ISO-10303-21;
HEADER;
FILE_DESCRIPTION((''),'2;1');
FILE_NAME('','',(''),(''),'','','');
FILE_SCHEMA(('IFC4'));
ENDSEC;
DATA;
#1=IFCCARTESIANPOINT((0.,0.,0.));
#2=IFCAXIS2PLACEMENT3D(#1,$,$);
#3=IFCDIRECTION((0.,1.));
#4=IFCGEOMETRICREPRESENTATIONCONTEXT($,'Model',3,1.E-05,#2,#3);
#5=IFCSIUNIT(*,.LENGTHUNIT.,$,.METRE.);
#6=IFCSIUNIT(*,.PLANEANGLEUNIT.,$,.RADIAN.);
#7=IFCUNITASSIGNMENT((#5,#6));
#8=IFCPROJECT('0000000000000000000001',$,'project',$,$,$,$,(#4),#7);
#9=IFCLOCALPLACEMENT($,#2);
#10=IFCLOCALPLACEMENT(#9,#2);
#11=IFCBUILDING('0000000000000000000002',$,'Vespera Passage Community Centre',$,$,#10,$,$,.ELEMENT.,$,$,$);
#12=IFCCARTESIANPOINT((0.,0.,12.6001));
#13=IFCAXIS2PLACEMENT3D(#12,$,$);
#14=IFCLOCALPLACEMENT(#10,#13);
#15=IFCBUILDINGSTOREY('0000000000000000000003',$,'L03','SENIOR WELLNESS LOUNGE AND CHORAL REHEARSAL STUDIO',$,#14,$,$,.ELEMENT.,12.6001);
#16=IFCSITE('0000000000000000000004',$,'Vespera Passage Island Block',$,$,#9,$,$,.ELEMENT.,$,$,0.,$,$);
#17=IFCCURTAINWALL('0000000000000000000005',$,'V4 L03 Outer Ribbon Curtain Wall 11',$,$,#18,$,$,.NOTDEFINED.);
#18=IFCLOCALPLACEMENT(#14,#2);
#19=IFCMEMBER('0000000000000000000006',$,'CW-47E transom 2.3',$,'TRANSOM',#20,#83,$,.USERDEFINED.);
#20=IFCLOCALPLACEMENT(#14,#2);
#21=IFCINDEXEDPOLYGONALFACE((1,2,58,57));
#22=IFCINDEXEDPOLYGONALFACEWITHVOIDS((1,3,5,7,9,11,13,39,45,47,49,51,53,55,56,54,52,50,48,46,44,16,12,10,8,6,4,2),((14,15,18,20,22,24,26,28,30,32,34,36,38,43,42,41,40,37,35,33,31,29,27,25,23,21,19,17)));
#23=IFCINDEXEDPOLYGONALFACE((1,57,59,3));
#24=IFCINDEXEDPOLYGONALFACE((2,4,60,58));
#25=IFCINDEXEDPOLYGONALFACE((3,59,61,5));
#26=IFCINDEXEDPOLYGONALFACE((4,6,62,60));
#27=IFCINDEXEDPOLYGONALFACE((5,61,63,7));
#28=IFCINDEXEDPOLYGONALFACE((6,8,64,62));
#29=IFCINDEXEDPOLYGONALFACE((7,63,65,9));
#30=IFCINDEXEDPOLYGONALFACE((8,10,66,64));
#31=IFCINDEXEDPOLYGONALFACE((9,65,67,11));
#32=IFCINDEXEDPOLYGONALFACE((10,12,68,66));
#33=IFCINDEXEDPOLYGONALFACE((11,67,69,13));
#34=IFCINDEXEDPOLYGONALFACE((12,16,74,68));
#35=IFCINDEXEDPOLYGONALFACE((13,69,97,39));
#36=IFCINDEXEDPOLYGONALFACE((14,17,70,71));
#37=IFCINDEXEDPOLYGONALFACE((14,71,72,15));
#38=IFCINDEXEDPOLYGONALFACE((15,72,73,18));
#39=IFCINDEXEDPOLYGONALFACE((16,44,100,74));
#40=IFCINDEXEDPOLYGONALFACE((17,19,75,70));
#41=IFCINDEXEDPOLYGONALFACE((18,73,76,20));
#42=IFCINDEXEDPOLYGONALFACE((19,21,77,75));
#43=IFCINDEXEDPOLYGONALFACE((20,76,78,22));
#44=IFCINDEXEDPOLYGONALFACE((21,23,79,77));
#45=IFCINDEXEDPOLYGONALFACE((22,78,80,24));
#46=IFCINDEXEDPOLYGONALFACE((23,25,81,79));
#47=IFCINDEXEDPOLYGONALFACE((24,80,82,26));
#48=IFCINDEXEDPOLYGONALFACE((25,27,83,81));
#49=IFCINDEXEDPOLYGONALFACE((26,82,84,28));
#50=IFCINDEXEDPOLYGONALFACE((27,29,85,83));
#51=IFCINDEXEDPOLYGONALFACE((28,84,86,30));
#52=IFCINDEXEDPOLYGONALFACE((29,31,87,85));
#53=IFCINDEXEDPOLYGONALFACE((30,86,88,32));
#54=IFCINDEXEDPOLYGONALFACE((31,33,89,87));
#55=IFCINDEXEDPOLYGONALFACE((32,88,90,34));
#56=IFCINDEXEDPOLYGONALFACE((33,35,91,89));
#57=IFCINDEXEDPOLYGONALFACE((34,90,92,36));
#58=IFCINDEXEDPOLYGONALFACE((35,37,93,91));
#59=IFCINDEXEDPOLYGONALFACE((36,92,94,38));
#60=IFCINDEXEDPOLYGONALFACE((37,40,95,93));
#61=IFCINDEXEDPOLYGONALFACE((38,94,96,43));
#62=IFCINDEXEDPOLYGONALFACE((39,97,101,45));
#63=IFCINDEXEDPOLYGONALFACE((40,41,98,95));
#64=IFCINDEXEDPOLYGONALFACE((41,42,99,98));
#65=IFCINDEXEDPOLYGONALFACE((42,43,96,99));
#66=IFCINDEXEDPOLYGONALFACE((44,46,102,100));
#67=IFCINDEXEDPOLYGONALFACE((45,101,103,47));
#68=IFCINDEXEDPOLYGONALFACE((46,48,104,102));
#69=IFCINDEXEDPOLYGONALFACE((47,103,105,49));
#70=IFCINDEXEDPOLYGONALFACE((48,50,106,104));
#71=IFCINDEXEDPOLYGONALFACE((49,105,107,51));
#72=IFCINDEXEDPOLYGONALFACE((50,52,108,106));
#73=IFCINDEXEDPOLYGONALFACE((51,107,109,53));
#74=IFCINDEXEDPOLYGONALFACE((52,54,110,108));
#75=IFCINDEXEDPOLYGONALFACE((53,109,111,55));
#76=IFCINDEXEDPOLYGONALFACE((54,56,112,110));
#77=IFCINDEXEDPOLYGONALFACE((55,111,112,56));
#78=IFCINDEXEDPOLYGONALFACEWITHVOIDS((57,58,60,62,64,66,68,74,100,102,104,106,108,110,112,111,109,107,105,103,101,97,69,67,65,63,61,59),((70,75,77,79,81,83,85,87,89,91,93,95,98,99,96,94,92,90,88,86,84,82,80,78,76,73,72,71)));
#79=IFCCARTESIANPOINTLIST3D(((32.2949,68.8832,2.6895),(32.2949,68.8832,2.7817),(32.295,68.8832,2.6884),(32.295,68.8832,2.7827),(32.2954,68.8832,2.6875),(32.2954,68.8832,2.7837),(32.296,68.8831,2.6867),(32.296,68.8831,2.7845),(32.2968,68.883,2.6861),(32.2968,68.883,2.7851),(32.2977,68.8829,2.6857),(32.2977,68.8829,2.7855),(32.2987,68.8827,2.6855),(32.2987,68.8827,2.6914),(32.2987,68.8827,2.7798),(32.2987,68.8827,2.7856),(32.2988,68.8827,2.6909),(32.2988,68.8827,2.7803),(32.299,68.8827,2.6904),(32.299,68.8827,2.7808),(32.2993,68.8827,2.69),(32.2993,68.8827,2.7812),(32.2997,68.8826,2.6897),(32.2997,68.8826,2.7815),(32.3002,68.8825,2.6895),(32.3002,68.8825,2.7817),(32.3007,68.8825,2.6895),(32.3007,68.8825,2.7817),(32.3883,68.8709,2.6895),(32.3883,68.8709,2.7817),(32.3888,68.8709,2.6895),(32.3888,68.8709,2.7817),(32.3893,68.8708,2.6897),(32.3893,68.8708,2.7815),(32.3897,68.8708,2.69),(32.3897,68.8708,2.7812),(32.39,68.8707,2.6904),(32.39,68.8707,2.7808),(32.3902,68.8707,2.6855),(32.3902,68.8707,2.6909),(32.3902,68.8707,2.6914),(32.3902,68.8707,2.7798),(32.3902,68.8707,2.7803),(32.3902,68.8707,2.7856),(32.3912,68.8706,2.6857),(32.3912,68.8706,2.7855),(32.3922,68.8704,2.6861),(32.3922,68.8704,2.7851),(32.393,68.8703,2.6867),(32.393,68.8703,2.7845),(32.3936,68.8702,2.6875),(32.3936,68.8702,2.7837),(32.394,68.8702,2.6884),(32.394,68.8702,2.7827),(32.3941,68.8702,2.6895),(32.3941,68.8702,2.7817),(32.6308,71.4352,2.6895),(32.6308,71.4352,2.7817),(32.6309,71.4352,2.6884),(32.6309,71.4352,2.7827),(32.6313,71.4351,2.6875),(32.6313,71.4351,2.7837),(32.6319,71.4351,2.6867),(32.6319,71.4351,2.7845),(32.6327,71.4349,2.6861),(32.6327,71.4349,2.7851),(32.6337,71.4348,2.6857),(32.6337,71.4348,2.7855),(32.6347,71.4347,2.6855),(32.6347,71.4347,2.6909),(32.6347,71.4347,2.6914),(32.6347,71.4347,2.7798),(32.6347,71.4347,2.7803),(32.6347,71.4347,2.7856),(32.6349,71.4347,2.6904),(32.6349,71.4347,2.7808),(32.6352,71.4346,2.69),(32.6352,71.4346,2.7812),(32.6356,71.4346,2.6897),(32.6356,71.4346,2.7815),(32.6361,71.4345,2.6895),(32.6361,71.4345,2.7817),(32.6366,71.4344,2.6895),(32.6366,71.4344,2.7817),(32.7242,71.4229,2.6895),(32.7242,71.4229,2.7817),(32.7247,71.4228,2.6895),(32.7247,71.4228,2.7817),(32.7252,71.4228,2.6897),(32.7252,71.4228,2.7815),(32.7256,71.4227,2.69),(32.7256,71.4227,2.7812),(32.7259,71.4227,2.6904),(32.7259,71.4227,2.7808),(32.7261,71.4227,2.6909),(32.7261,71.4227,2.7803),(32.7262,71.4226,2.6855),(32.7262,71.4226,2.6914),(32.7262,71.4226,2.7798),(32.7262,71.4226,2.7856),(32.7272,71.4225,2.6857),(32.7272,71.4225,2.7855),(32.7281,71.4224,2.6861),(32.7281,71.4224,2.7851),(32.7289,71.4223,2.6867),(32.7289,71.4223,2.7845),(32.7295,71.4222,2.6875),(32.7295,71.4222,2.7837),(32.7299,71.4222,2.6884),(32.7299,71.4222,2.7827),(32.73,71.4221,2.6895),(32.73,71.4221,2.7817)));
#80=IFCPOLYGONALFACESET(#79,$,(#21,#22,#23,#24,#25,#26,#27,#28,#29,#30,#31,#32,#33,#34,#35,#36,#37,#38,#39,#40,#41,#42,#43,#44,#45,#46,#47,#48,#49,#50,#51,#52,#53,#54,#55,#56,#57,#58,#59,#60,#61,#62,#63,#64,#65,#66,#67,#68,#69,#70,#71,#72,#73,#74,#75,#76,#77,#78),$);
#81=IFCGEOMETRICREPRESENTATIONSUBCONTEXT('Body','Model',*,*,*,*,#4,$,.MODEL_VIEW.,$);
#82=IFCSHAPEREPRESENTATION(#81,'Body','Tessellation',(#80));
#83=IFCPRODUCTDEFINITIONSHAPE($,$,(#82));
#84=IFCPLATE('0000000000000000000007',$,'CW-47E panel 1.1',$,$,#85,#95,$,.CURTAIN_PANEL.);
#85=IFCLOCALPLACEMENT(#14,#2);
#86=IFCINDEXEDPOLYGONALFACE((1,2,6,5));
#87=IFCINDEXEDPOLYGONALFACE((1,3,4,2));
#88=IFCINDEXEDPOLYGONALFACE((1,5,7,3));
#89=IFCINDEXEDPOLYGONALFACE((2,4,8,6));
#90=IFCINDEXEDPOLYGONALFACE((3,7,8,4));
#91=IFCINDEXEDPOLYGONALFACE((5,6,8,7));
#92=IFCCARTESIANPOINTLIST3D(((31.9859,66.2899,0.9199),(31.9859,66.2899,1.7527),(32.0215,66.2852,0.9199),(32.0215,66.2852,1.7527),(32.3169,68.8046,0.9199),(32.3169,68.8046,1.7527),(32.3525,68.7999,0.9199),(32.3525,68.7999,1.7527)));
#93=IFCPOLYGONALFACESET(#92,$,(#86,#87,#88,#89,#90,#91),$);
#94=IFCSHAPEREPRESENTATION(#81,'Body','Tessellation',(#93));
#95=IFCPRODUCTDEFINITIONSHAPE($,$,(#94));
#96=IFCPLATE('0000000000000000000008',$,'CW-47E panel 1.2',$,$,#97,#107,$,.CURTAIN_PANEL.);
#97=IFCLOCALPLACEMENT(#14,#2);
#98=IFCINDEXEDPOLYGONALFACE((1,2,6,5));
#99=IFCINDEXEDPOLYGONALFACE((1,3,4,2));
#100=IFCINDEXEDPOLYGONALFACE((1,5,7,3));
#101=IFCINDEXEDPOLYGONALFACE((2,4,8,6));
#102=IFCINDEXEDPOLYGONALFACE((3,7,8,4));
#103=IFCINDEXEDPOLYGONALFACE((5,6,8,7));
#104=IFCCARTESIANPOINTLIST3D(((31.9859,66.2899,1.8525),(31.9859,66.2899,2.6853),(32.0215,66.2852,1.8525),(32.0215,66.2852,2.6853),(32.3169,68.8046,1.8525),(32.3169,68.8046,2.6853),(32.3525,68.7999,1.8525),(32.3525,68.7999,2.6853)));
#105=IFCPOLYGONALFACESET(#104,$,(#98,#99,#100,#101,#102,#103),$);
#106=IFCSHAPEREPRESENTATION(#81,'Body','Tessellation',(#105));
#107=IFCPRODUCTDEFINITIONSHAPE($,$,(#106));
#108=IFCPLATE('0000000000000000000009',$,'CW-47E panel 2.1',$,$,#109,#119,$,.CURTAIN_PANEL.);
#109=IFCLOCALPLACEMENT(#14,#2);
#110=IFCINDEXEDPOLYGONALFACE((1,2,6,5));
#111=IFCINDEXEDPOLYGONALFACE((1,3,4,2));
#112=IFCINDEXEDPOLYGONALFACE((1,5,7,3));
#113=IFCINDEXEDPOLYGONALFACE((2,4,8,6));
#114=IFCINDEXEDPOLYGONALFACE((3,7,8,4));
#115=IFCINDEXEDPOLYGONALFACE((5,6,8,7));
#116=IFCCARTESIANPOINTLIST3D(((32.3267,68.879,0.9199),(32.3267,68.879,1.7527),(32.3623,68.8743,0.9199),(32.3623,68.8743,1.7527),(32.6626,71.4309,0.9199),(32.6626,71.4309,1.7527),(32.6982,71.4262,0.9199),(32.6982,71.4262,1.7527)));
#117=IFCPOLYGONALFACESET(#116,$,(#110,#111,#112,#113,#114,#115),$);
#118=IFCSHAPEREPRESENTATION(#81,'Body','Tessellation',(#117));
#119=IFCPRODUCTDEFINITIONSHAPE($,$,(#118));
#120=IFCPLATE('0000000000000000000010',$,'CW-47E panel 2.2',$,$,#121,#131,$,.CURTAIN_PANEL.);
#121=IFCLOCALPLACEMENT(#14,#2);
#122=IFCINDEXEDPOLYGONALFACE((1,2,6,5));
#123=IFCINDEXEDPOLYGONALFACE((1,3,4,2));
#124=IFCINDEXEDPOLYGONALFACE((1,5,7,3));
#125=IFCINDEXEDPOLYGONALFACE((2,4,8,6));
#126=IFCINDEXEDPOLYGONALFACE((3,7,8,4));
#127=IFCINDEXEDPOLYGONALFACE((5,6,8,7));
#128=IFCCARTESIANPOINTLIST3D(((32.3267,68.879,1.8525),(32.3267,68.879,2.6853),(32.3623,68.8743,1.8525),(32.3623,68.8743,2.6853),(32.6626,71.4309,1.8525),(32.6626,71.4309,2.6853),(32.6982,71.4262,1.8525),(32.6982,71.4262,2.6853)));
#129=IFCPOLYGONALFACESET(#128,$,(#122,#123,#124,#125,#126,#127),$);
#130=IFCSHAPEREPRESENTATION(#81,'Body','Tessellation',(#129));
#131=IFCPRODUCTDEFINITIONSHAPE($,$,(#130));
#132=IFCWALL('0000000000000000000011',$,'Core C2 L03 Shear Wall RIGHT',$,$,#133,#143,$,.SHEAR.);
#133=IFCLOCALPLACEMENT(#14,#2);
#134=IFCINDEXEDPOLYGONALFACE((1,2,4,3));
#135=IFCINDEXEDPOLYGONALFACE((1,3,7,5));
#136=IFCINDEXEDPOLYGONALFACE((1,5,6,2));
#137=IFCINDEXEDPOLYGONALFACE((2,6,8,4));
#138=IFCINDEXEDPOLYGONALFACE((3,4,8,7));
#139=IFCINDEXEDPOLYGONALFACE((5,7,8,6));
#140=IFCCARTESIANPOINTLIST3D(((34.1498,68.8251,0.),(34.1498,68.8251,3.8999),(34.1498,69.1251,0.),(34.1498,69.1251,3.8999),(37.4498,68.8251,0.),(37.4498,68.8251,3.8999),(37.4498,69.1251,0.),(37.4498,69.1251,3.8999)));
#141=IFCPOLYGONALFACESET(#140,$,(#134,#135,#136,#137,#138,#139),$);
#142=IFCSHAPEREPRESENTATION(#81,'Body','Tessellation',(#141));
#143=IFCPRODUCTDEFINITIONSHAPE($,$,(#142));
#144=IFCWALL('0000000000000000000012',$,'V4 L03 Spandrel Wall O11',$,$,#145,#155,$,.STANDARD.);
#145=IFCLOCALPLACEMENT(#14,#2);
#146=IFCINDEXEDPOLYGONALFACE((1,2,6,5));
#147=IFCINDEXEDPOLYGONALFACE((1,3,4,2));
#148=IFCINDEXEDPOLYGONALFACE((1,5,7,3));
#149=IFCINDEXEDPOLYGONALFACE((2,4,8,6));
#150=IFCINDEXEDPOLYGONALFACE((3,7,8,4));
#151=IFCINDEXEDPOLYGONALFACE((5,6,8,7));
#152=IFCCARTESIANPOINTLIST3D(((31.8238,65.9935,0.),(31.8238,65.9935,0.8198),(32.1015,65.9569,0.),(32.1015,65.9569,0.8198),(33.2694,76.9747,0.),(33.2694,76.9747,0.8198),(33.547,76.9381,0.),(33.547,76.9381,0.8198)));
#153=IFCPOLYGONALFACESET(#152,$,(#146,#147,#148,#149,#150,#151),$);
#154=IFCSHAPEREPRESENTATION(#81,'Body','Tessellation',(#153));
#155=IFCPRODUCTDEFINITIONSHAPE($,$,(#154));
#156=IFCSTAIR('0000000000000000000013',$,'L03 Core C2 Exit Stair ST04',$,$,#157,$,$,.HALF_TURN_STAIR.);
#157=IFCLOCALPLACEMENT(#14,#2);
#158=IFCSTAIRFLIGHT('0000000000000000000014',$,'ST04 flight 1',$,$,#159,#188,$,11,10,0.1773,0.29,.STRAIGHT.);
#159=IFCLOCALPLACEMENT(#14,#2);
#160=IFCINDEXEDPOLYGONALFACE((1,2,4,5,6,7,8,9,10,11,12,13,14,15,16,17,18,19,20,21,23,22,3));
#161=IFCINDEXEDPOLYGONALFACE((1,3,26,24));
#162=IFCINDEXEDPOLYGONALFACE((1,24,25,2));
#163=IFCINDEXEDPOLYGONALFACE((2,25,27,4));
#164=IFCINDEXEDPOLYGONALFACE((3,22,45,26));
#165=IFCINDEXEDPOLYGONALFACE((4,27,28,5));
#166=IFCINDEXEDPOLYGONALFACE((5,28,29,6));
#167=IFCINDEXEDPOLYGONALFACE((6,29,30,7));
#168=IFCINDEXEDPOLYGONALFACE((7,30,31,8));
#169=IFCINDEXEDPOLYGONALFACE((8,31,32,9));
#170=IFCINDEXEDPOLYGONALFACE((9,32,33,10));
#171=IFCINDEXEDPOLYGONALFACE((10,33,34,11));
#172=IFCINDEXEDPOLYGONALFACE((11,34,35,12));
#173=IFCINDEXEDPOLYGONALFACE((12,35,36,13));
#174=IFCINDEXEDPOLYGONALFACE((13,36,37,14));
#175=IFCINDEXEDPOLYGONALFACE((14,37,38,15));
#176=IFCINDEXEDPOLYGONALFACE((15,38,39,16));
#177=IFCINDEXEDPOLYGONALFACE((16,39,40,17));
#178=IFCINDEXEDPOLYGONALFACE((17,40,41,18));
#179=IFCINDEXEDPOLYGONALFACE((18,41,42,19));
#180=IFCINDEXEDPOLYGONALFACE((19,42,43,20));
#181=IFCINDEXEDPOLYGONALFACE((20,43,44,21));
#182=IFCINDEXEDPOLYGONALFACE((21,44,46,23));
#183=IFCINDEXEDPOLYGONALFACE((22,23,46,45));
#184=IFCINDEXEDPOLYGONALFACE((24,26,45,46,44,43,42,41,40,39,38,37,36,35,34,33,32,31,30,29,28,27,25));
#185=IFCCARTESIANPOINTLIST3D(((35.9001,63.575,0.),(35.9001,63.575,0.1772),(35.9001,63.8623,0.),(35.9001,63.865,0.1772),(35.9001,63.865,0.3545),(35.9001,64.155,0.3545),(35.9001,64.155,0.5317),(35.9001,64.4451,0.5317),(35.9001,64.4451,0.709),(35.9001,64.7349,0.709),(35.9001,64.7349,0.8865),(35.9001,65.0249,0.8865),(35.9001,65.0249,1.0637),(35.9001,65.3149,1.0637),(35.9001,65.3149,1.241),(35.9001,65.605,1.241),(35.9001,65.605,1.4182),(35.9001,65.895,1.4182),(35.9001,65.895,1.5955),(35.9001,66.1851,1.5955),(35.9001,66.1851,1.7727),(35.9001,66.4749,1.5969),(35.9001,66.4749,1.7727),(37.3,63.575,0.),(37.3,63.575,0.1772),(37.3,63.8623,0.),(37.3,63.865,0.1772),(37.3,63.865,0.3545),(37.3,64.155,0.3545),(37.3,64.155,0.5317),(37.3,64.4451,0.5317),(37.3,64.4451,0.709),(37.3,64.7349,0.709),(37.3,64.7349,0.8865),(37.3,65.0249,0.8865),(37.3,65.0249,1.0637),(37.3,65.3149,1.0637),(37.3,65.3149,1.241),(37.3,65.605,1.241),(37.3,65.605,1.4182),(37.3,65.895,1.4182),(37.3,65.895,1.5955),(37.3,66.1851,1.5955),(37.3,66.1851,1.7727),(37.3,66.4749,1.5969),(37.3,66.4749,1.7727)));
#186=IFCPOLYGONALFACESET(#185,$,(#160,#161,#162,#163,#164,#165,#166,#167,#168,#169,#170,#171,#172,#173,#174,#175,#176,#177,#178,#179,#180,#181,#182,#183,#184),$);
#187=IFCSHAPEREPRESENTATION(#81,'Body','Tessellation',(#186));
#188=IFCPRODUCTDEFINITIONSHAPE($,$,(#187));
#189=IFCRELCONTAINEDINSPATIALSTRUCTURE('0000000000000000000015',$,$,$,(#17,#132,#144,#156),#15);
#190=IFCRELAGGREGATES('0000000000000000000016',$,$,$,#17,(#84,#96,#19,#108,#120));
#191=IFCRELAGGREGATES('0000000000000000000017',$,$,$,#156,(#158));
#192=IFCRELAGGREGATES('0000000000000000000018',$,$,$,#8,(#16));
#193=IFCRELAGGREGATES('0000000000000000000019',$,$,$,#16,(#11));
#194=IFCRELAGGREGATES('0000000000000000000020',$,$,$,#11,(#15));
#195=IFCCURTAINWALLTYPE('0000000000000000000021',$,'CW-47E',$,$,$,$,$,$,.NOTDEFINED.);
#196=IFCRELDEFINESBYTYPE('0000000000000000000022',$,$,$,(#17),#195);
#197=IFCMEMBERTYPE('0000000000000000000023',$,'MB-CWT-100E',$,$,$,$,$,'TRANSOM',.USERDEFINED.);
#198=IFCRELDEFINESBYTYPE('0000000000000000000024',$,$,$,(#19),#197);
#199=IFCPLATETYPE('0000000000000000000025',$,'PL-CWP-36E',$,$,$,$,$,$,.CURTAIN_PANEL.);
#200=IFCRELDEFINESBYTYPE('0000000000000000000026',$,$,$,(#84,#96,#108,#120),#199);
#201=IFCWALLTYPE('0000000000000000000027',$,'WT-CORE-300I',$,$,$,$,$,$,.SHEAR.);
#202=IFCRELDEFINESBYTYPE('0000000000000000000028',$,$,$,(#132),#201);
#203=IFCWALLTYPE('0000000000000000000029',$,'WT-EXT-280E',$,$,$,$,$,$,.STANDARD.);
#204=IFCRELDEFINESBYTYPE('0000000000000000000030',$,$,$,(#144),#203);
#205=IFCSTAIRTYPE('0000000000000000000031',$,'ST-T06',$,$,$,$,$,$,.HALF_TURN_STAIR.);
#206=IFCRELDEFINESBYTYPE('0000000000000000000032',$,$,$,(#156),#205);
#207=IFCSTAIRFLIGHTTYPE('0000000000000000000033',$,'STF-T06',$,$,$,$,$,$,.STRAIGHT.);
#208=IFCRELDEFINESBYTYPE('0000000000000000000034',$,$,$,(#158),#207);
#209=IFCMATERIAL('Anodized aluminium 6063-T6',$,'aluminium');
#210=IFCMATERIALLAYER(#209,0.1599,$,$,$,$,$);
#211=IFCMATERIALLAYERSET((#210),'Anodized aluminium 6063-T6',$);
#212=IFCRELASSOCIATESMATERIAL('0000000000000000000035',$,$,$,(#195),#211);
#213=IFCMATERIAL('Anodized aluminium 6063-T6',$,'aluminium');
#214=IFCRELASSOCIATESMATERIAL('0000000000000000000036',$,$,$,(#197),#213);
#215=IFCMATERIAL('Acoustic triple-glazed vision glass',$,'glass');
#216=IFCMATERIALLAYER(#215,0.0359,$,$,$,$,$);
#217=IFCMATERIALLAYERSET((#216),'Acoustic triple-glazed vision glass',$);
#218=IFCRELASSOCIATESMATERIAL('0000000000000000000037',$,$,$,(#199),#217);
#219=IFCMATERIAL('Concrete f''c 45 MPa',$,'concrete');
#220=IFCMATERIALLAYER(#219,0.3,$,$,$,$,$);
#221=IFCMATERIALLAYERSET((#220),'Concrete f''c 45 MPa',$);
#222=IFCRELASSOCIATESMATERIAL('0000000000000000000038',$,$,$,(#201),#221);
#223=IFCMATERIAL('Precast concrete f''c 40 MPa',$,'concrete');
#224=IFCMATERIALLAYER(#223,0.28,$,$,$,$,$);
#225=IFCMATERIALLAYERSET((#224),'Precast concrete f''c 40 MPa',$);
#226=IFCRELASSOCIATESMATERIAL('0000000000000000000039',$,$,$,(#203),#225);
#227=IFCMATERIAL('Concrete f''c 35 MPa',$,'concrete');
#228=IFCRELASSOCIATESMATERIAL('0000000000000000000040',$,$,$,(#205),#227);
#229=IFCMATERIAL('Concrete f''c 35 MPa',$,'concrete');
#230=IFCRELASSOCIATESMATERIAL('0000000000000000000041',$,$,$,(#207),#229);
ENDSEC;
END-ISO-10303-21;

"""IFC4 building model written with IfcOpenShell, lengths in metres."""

from ifc_helpers import new_model, si_unit, direction, frame, frame_2d, origin, origin_2d, place, context, subcontext, project, spatial, polyline, rectangle, hollow_rectangle, outline, extrude, material, layer, layer_set, material_profile, profile_set, type_object, element, aggregate, save


model = new_model("IFC4")

# Units and contexts
model_context = context("Model", 3, precision=1e-05, world=origin(), true_north=direction((0.0, 1.0)))
body_context = subcontext(model_context, "Body", "Model", "MODEL_VIEW")
ifc_project = project(units=[si_unit("LENGTHUNIT", "METRE"), si_unit("PLANEANGLEUNIT", "RADIAN")], contexts=[model_context])

# Site, building, storey
site_placement = place(None, origin())
site = spatial("IfcSite", under=ifc_project, at=site_placement, Name="Vespera Passage Island Block", CompositionType="ELEMENT", RefElevation=0.0)
building_placement = place(site_placement, origin())
building = spatial("IfcBuilding", under=site, at=building_placement, Name="Vespera Passage Community Centre", CompositionType="ELEMENT")
storey_placement = place(building_placement, frame((0.0, 0.0, 12.6001)))
storey = spatial("IfcBuildingStorey", under=building, at=storey_placement, Name="L03", Description="SENIOR WELLNESS LOUNGE AND CHORAL REHEARSAL STUDIO", CompositionType="ELEMENT", Elevation=12.6001)

# Curtain wall, member, plates
ifc_material_1 = material(Name="Anodized aluminium 6063-T6", Category="aluminium")
ifc_layer_1 = layer(ifc_material_1, 0.1599)
ifc_layer_set_1 = layer_set([ifc_layer_1], Name="Anodized aluminium 6063-T6")
curtain_wall_type = type_object("IfcCurtainWallType", Name="CW-47E", PredefinedType="NOTDEFINED", material=ifc_layer_set_1)
curtain_wall_placement = place(storey_placement, origin())
curtain_wall = element("IfcCurtainWall", 1, at=curtain_wall_placement, inside=storey, type_object=curtain_wall_type, Name="V4 L03 Outer Ribbon Curtain Wall 11", PredefinedType="NOTDEFINED")
ifc_material_2 = material(Name="Anodized aluminium 6063-T6", Category="aluminium")
ifc_material_profile_1 = material_profile(ifc_material_2, hollow_rectangle(XDim=0.1001, YDim=0.1001, WallThickness=0.0039, InnerFilletRadius=0.002, OuterFilletRadius=0.0039, at=origin_2d()), Name="ALU100X100X4")
ifc_profile_set_1 = profile_set([ifc_material_profile_1], Name="Anodized aluminium 6063-T6")
member_type_1 = type_object("IfcMemberType", Name="MB-CWT-100E", ElementType="TRANSOM", PredefinedType="USERDEFINED", material=ifc_profile_set_1)
member_1_placement = place(storey_placement, frame((32.3445, 68.8767, 2.7356), z_axis=(0.130511, 0.991447, 0.0), x_axis=(-0.991447, 0.130511, 0.0)))
member_1 = element("IfcMember", 2, at=member_1_placement, type_object=member_type_1, Name="CW-47E transom 2.3", ObjectType="TRANSOM", PredefinedType="USERDEFINED", context=body_context, shape_type="SweptSolid", body=[
    extrude(hollow_rectangle(XDim=0.1001, YDim=0.1001, WallThickness=0.0039, InnerFilletRadius=0.002, OuterFilletRadius=0.0039, at=origin_2d()), origin(), (0.0, 0.0, 1.0), 2.574),
])
ifc_material_3 = material(Name="Acoustic triple-glazed vision glass", Category="glass")
ifc_layer_2 = layer(ifc_material_3, 0.0359)
ifc_layer_set_2 = layer_set([ifc_layer_2], Name="Acoustic triple-glazed vision glass")
plate_type = type_object("IfcPlateType", Name="PL-CWP-36E", PredefinedType="CURTAIN_PANEL", material=ifc_layer_set_2)
plate_1_placement = place(storey_placement, frame((32.1692, 67.5449, 0.9199), z_axis=(0.0, 0.0, 1.0), x_axis=(0.130523, 0.991445, 0.0)))
plate_1 = element("IfcPlate", 3, at=plate_1_placement, type_object=plate_type, Name="CW-47E panel 1.1", PredefinedType="CURTAIN_PANEL", context=body_context, shape_type="SweptSolid", body=[
    extrude(rectangle(XDim=2.5364, YDim=0.0359, at=origin_2d()), origin(), (0.0, 0.0, 1.0), 0.8328),
])
plate_2_placement = place(storey_placement, frame((32.1692, 67.5449, 1.8525), z_axis=(0.0, 0.0, 1.0), x_axis=(0.130523, 0.991445, 0.0)))
plate_2 = element("IfcPlate", 4, at=plate_2_placement, type_object=plate_type, Name="CW-47E panel 1.2", PredefinedType="CURTAIN_PANEL", context=body_context, shape_type="SweptSolid", body=[
    extrude(rectangle(XDim=2.5364, YDim=0.0359, at=origin_2d()), origin(), (0.0, 0.0, 1.0), 0.8328),
])
plate_3_placement = place(storey_placement, frame((32.5125, 70.1526, 0.9199), z_axis=(0.0, 0.0, 1.0), x_axis=(0.130523, 0.991445, 0.0)))
plate_3 = element("IfcPlate", 5, at=plate_3_placement, type_object=plate_type, Name="CW-47E panel 2.1", PredefinedType="CURTAIN_PANEL", context=body_context, shape_type="SweptSolid", body=[
    extrude(rectangle(XDim=2.574, YDim=0.0359, at=origin_2d()), origin(), (0.0, 0.0, 1.0), 0.8328),
])
plate_4_placement = place(storey_placement, frame((32.5125, 70.1526, 1.8525), z_axis=(0.0, 0.0, 1.0), x_axis=(0.130523, 0.991445, 0.0)))
plate_4 = element("IfcPlate", 6, at=plate_4_placement, type_object=plate_type, Name="CW-47E panel 2.2", PredefinedType="CURTAIN_PANEL", context=body_context, shape_type="SweptSolid", body=[
    extrude(rectangle(XDim=2.574, YDim=0.0359, at=origin_2d()), origin(), (0.0, 0.0, 1.0), 0.8328),
])
aggregate(curtain_wall, [plate_1, plate_2, member_1, plate_3, plate_4])

# Walls
ifc_material_4 = material(Name="Concrete f'c 45 MPa", Category="concrete")
ifc_layer_3 = layer(ifc_material_4, 0.3)
ifc_layer_set_3 = layer_set([ifc_layer_3], Name="Concrete f'c 45 MPa")
wall_type_1 = type_object("IfcWallType", Name="WT-CORE-300I", PredefinedType="SHEAR", material=ifc_layer_set_3)
wall_1_placement = place(storey_placement, frame((34.1499, 68.9751, 0.0), z_axis=(0.0, 0.0, 1.0), x_axis=(1.0, 0.0, 0.0)))
element("IfcWall", 7, at=wall_1_placement, inside=storey, type_object=wall_type_1, Name="Core C2 L03 Shear Wall RIGHT", PredefinedType="SHEAR", context=body_context, shape_type="SweptSolid", body=[
    extrude(rectangle(XDim=3.3, YDim=0.3, at=frame_2d((1.6499, 0.0))), origin(), (0.0, 0.0, 1.0), 3.8999),
])
ifc_material_5 = material(Name="Precast concrete f'c 40 MPa", Category="concrete")
ifc_layer_4 = layer(ifc_material_5, 0.28)
ifc_layer_set_4 = layer_set([ifc_layer_4], Name="Precast concrete f'c 40 MPa")
wall_type_2 = type_object("IfcWallType", Name="WT-EXT-280E", PredefinedType="STANDARD", material=ifc_layer_set_4)
wall_2_placement = place(storey_placement, frame((31.9626, 65.9751, 0.0), z_axis=(0.0, 0.0, 1.0), x_axis=(0.130513, 0.991447, 0.0)))
element("IfcWall", 8, at=wall_2_placement, inside=storey, type_object=wall_type_2, Name="V4 L03 Spandrel Wall O11", PredefinedType="STANDARD", context=body_context, shape_type="SweptSolid", body=[
    extrude(rectangle(XDim=11.0759, YDim=0.28, at=frame_2d((5.5381, 0.0))), origin(), (0.0, 0.0, 1.0), 0.8198),
])

# Stair, stair flight
ifc_material_6 = material(Name="Concrete f'c 35 MPa", Category="concrete")
stair_type = type_object("IfcStairType", Name="ST-T06", PredefinedType="HALF_TURN_STAIR", material=ifc_material_6)
stair_placement = place(storey_placement, origin())
stair = element("IfcStair", 9, at=stair_placement, inside=storey, type_object=stair_type, Name="L03 Core C2 Exit Stair ST04", PredefinedType="HALF_TURN_STAIR")
ifc_material_7 = material(Name="Concrete f'c 35 MPa", Category="concrete")
stair_flight_type = type_object("IfcStairFlightType", Name="STF-T06", PredefinedType="STRAIGHT", material=ifc_material_7)
stair_flight_1_placement = place(storey_placement, frame((36.6001, 63.575, 0.0), z_axis=(0.0, 0.0, 1.0), x_axis=(0.0, 1.0, 0.0)))
stair_flight_1 = element("IfcStairFlight", 10, at=stair_flight_1_placement, type_object=stair_flight_type, Name="ST04 flight 1", NumberOfRisers=11, NumberOfTreads=10, PredefinedType="STRAIGHT", RiserHeight=0.1773, TreadLength=0.29, context=body_context, shape_type="SweptSolid", body=[
    extrude(outline(polyline([(0.0, 0.0), (0.0, 0.1772), (0.29, 0.1772), (0.29, 0.3545), (0.5801, 0.3545), (0.5801, 0.5317), (0.8701, 0.5317), (0.8701, 0.709), (1.1599, 0.709), (1.1599, 0.8865), (1.45, 0.8865), (1.45, 1.0637), (1.74, 1.0637), (1.74, 1.241), (2.03, 1.241), (2.03, 1.4182), (2.3201, 1.4182), (2.3201, 1.5955), (2.6101, 1.5955), (2.6101, 1.7727), (2.8999, 1.7727), (2.8999, 1.95), (2.8999, 1.5969), (0.2874, 0.0), (0.0, 0.0)])), frame((0.0, 0.7, 0.0), z_axis=(0.0, -1.0, 0.0), x_axis=(1.0, 0.0, 0.0)), (0.0, 0.0, 1.0), 1.3999),
])
aggregate(stair, [stair_flight_1])

save(model, "model.ifc")
